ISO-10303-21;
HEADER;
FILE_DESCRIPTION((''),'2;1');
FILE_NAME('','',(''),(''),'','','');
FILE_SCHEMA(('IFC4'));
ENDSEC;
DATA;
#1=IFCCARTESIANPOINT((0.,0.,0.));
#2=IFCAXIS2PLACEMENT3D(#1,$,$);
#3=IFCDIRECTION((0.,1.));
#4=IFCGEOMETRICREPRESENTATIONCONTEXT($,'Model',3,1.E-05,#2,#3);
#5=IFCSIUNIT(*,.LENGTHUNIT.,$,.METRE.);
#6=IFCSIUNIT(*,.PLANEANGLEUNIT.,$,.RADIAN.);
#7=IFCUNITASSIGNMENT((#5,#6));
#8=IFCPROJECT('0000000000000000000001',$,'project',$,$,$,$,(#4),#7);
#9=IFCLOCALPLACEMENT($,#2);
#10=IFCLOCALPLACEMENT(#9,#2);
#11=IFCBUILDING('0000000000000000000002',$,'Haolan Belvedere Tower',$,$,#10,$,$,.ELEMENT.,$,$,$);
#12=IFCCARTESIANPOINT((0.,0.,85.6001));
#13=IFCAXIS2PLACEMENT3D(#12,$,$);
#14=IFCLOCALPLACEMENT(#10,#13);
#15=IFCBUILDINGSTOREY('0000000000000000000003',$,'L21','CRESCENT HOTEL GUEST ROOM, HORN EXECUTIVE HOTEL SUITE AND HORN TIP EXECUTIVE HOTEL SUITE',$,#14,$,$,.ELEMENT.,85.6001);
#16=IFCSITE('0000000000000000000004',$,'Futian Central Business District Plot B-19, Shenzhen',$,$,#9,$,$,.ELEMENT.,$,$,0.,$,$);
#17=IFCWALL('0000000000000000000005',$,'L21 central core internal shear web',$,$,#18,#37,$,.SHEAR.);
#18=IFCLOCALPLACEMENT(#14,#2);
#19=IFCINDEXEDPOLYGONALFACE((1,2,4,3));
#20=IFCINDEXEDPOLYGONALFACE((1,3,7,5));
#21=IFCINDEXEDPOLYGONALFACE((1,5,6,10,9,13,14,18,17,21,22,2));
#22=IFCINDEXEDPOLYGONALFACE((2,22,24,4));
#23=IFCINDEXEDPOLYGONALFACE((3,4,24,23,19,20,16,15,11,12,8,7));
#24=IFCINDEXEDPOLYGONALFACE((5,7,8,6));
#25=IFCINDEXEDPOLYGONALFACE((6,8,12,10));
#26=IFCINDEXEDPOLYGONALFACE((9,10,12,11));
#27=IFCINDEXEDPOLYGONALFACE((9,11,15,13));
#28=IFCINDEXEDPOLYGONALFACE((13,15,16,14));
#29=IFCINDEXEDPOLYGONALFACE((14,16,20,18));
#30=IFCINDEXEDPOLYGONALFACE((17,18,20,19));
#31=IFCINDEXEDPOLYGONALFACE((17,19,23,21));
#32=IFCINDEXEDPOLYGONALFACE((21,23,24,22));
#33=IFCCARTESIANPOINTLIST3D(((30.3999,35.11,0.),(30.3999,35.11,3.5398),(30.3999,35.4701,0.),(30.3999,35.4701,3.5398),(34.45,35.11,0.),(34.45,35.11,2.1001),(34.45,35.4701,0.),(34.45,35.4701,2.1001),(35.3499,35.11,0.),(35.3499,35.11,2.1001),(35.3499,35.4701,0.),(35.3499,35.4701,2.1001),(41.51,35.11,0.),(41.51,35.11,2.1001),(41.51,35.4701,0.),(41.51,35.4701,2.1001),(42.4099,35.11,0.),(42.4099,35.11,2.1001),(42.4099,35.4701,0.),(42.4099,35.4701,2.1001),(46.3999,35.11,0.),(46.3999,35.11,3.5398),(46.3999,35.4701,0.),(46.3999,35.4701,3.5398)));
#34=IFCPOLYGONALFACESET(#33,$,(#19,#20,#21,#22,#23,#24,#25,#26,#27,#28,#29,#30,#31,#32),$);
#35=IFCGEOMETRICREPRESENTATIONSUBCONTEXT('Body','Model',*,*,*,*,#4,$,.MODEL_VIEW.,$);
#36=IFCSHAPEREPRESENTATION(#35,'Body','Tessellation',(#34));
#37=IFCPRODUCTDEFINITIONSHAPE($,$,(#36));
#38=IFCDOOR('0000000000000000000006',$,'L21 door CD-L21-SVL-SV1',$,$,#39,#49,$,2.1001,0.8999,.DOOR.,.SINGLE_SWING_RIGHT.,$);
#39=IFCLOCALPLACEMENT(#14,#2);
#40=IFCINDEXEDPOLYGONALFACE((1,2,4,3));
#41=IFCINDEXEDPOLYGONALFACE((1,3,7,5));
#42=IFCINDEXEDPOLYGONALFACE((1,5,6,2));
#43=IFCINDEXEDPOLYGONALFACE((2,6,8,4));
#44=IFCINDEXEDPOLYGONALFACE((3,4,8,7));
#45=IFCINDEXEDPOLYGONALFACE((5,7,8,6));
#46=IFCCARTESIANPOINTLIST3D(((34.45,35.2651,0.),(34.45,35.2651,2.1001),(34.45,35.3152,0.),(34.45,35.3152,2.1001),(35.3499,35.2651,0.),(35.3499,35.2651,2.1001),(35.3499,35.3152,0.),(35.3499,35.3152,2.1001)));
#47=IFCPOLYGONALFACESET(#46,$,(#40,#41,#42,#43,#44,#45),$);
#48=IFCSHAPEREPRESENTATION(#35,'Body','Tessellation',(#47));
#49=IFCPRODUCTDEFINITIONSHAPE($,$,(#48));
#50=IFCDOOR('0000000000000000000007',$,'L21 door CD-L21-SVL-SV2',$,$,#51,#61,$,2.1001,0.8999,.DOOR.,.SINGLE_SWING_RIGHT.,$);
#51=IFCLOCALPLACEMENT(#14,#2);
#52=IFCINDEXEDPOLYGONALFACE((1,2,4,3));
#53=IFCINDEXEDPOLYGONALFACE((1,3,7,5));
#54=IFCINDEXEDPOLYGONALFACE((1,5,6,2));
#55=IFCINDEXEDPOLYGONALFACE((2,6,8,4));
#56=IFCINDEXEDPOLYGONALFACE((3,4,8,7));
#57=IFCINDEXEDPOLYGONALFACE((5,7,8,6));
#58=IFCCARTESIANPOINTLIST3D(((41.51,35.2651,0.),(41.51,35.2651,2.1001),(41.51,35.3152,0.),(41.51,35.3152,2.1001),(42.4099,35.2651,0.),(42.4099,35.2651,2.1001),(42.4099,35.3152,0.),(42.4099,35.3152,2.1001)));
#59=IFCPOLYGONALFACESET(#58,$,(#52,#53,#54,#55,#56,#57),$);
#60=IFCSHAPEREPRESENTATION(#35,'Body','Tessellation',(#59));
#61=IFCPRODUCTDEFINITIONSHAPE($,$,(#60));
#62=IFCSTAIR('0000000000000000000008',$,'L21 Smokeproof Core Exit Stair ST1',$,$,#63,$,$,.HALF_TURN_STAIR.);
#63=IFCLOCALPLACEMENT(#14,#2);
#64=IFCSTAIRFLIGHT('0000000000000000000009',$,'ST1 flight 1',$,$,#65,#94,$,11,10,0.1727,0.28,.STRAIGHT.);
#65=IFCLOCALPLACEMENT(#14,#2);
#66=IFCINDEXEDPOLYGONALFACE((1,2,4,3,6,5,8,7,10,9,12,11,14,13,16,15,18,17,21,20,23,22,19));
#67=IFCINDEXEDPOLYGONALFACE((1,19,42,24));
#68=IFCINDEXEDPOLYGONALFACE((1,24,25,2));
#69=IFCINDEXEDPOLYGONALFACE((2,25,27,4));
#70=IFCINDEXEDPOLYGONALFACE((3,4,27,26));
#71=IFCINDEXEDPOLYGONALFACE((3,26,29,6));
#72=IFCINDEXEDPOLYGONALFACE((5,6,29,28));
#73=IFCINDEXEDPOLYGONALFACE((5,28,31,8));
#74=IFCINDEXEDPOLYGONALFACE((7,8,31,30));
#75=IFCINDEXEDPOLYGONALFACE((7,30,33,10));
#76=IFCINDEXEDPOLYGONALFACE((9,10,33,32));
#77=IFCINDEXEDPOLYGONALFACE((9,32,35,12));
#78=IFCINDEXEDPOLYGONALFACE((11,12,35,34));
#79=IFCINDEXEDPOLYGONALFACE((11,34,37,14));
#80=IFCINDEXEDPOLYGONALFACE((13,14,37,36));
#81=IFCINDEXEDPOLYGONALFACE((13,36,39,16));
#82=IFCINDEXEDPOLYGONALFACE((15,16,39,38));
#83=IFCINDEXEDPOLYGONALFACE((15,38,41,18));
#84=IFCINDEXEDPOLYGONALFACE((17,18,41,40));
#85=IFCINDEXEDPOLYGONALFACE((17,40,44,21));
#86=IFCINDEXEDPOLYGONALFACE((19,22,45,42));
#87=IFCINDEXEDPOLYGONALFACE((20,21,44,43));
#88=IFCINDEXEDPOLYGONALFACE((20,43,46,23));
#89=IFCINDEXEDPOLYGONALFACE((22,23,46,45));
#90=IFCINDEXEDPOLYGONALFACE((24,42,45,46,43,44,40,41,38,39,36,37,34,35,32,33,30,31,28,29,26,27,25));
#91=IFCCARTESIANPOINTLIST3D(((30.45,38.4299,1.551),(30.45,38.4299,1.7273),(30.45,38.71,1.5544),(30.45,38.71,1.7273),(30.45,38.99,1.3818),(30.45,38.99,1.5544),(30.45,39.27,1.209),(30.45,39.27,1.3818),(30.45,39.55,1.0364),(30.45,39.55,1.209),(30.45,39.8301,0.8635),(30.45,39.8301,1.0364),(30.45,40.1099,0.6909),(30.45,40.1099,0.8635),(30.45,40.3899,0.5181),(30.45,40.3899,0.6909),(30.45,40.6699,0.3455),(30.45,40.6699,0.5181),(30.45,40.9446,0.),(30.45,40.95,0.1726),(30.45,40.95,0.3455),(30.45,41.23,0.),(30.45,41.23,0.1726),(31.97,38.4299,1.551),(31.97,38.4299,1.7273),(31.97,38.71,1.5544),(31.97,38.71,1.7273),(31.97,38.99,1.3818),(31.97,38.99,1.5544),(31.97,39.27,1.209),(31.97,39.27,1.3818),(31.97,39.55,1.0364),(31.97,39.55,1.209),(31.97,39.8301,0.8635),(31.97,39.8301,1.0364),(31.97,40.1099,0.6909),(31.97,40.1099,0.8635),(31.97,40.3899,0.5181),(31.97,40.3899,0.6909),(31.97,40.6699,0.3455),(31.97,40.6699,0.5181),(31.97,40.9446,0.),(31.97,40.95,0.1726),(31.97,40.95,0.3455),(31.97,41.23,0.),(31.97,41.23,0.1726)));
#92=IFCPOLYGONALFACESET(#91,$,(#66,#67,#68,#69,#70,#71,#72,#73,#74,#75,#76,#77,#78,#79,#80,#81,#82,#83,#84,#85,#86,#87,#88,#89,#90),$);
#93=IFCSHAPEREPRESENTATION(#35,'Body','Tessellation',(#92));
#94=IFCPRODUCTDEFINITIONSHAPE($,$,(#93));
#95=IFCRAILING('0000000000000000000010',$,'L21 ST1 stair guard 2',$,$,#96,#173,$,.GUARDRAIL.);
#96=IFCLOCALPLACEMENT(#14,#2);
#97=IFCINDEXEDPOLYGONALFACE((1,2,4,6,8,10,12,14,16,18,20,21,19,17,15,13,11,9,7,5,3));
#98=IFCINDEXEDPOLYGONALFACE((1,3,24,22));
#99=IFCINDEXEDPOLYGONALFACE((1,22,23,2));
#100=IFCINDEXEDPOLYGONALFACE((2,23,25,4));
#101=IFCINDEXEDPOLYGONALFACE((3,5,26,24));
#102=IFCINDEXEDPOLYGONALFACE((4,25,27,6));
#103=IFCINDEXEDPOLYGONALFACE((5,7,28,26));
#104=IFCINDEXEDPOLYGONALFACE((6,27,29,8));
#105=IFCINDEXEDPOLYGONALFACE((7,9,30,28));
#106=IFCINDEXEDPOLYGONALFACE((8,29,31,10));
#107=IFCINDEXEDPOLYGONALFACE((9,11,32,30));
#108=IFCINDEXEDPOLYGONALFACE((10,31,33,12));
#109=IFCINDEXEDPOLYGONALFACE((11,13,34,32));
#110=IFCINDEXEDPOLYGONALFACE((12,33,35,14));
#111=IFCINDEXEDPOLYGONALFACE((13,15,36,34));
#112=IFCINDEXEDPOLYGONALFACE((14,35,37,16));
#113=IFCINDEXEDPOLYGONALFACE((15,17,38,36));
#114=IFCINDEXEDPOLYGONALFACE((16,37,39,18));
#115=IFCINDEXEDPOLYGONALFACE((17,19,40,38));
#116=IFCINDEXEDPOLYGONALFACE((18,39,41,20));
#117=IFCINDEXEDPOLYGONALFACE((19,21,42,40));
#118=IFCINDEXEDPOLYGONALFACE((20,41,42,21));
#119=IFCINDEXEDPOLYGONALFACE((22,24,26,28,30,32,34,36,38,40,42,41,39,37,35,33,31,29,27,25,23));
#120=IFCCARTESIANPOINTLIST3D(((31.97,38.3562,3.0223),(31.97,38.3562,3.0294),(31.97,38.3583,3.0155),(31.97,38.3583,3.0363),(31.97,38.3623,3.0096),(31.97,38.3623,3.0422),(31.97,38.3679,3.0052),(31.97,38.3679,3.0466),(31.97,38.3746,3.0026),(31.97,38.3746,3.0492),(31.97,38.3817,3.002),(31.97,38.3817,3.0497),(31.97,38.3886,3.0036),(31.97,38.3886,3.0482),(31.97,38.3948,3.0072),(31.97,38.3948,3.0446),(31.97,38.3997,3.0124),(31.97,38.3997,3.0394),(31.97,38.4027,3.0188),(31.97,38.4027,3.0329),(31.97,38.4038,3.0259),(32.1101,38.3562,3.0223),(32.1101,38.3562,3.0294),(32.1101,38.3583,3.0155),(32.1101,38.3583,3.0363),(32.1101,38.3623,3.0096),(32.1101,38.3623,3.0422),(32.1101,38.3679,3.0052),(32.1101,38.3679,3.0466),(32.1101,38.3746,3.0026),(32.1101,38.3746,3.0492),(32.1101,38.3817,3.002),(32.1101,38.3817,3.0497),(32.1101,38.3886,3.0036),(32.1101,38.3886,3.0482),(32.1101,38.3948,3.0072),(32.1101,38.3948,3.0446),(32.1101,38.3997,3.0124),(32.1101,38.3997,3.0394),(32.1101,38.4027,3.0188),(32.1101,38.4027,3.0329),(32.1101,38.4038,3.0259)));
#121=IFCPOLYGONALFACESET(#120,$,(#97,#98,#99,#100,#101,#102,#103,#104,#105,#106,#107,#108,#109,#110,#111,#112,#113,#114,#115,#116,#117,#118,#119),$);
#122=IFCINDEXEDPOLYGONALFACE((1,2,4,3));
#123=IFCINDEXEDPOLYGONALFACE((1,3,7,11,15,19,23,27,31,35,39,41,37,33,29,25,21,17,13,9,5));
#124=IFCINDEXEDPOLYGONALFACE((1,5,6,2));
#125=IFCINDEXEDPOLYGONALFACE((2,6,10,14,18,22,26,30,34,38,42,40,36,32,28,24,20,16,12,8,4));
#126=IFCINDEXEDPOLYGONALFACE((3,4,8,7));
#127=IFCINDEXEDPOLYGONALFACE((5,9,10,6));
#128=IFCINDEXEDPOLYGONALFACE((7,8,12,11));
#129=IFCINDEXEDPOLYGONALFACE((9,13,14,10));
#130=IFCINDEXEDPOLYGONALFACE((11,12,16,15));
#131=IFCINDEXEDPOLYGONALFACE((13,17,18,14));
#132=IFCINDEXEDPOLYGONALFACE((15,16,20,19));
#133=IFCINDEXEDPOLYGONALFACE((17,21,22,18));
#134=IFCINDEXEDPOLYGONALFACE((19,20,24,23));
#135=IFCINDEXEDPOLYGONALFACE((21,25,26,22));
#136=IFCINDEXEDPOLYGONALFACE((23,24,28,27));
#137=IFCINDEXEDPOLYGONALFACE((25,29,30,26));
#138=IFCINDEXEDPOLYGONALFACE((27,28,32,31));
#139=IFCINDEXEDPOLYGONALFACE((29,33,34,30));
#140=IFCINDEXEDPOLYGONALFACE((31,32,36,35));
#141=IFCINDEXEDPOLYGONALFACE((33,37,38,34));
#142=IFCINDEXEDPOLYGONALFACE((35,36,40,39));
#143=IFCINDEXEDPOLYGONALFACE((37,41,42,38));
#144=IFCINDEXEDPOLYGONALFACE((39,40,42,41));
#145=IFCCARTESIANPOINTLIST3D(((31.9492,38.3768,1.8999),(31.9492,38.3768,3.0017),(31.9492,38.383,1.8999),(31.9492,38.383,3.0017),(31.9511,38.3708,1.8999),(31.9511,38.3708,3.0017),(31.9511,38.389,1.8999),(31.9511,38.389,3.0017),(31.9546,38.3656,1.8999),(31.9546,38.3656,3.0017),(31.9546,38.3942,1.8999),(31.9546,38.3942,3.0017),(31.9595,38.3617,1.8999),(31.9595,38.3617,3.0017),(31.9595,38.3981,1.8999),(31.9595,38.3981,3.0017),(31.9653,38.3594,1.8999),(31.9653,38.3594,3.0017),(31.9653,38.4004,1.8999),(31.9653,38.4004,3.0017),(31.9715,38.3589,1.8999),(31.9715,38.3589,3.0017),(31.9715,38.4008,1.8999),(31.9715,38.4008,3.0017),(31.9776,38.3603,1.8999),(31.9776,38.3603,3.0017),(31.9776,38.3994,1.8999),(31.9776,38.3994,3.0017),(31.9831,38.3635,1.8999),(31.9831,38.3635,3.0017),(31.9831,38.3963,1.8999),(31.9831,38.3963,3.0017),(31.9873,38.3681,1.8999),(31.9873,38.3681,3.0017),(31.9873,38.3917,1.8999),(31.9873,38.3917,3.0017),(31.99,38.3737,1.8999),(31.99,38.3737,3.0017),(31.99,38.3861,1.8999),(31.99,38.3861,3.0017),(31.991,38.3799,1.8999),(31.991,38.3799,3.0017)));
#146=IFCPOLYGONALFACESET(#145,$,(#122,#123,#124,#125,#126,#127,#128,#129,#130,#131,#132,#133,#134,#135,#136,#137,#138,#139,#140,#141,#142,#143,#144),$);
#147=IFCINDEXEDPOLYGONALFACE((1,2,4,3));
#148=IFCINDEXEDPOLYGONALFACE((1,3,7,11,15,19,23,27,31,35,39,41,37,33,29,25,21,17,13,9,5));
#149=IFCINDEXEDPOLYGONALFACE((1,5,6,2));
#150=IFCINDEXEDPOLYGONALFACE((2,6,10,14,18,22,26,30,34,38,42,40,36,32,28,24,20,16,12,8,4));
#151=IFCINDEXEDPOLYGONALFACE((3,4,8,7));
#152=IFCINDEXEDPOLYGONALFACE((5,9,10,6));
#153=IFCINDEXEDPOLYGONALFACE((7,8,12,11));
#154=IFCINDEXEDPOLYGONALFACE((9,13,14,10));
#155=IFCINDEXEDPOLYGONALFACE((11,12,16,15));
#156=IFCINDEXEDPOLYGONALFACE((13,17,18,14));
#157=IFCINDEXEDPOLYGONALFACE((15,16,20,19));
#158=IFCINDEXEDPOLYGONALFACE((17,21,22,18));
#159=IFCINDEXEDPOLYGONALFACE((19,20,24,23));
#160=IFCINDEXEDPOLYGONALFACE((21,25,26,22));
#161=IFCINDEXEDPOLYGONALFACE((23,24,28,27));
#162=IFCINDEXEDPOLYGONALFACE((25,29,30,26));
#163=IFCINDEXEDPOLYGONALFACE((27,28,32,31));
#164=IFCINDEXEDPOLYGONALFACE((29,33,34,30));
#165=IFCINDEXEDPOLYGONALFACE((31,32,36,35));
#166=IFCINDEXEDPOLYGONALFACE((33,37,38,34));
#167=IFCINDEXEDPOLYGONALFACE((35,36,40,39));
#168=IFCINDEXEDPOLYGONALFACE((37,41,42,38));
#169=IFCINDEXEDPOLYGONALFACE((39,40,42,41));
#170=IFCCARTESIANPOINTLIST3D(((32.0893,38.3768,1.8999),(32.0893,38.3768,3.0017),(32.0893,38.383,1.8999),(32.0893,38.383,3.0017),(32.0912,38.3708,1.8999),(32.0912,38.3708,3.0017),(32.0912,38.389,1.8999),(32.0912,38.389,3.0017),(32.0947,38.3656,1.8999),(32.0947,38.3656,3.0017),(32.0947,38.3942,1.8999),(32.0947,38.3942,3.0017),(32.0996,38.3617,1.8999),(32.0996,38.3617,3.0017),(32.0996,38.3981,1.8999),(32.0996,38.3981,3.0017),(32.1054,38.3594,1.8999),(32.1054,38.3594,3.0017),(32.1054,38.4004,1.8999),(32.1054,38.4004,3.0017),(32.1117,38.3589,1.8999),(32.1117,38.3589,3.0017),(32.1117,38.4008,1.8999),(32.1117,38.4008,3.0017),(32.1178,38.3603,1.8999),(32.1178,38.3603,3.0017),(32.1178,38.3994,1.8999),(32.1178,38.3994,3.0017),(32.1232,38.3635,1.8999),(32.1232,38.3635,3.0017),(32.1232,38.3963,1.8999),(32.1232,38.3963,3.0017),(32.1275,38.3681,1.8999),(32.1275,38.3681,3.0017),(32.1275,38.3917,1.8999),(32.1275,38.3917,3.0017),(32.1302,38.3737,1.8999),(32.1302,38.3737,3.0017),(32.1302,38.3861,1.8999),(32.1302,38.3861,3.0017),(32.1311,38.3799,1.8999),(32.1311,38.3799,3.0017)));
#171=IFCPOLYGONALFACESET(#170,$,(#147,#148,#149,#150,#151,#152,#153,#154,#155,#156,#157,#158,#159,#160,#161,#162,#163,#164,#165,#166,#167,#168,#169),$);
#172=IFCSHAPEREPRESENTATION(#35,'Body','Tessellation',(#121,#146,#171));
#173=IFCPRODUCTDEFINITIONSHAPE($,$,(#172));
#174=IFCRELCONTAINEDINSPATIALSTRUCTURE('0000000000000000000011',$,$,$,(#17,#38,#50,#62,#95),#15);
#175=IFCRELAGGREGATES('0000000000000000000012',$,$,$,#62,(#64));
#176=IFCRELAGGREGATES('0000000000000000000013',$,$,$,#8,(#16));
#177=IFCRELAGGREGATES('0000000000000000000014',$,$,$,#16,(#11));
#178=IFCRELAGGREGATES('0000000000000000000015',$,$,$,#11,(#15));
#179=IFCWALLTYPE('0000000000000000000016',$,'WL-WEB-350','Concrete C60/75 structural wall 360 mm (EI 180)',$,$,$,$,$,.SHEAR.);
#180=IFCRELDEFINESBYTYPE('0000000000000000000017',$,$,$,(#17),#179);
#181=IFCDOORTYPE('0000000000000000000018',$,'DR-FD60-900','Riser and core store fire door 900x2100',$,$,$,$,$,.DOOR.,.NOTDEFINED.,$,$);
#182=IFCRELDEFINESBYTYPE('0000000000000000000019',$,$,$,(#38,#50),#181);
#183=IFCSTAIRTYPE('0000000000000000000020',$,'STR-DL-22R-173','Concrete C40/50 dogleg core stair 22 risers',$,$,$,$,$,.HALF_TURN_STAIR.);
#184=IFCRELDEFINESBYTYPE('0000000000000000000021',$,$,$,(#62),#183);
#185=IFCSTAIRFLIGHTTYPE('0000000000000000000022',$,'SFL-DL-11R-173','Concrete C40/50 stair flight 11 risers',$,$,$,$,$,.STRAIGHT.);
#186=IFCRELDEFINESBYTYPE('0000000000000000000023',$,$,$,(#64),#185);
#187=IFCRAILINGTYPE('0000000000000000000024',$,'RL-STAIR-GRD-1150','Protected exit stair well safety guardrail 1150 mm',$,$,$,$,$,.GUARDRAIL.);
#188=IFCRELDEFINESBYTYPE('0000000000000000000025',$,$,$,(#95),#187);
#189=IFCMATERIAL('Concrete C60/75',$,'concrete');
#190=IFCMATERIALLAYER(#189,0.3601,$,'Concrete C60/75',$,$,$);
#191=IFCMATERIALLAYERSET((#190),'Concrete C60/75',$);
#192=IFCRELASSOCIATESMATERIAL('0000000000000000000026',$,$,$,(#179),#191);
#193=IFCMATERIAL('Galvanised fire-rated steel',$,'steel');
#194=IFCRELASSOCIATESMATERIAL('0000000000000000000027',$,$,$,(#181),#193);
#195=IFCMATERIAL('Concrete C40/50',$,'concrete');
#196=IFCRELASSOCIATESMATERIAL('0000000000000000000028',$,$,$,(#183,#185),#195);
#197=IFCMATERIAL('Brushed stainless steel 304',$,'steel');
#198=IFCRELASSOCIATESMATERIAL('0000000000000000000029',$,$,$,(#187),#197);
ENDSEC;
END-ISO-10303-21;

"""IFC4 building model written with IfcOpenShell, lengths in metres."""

from ifc_helpers import new_model, si_unit, direction, frame, frame_2d, origin, origin_2d, place, context, subcontext, project, spatial, polyline, rectangle, circle, outline, extrude, material, layer, layer_set, type_object, element, fill, aggregate, save


model = new_model("IFC4")

# Units and contexts
model_context = context("Model", 3, precision=1e-05, world=origin(), true_north=direction((0.0, 1.0)))
body_context = subcontext(model_context, "Body", "Model", "MODEL_VIEW")
ifc_project = project(units=[si_unit("LENGTHUNIT", "METRE"), si_unit("PLANEANGLEUNIT", "RADIAN")], contexts=[model_context])

# Site, building, storey
site_placement = place(None, origin())
site = spatial("IfcSite", under=ifc_project, at=site_placement, Name="Futian Central Business District Plot B-19, Shenzhen", CompositionType="ELEMENT", RefElevation=0.0)
building_placement = place(site_placement, origin())
building = spatial("IfcBuilding", under=site, at=building_placement, Name="Haolan Belvedere Tower", CompositionType="ELEMENT")
storey_placement = place(building_placement, frame((0.0, 0.0, 85.6001)))
storey = spatial("IfcBuildingStorey", under=building, at=storey_placement, Name="L21", Description="CRESCENT HOTEL GUEST ROOM, HORN EXECUTIVE HOTEL SUITE AND HORN TIP EXECUTIVE HOTEL SUITE", CompositionType="ELEMENT", Elevation=85.6001)

# Shared definitions
ifc_material_1 = material(Name="Concrete C60/75", Category="concrete")

# Wall, openings, doors
ifc_layer_1 = layer(ifc_material_1, 0.3601, Name="Concrete C60/75")
ifc_layer_set_1 = layer_set([ifc_layer_1], Name="Concrete C60/75")
wall_type_1 = type_object("IfcWallType", Name="WL-WEB-350", Description="Concrete C60/75 structural wall 360 mm (EI 180)", PredefinedType="SHEAR", material=ifc_layer_set_1)
wall_1_placement = place(storey_placement, frame((30.3999, 35.29, 0.0), z_axis=(0.0, 0.0, 1.0), x_axis=(1.0, 0.0, 0.0)))
wall_1 = element("IfcWall", 1, at=wall_1_placement, inside=storey, type_object=wall_type_1, Name="L21 central core internal shear web", PredefinedType="SHEAR", context=body_context, shape_type="SweptSolid", body=[
    extrude(rectangle(XDim=16.0, YDim=0.3601, at=frame_2d((8.0, 0.0))), origin(), (0.0, 0.0, 1.0), 3.5398),
])
opening_1_placement = place(wall_1_placement, frame((4.95, 0.0, 0.0), z_axis=(0.0, 0.0, 1.0), x_axis=(-1.0, 0.0, 0.0)))
opening_1 = element("IfcOpeningElement", 2, at=opening_1_placement, cuts=wall_1, PredefinedType="OPENING", context=body_context, shape_type="SweptSolid", body=[
    extrude(rectangle(XDim=0.8999, YDim=2.1001, at=frame_2d((0.45, 1.05))), frame((0.0, 0.1899, 0.0), z_axis=(0.0, -1.0, 0.0), x_axis=(1.0, 0.0, 0.0)), (0.0, 0.0, 1.0), 0.3801),
])
opening_2_placement = place(wall_1_placement, frame((12.01, 0.0, 0.0), z_axis=(0.0, 0.0, 1.0), x_axis=(-1.0, 0.0, 0.0)))
opening_2 = element("IfcOpeningElement", 3, at=opening_2_placement, cuts=wall_1, PredefinedType="OPENING", context=body_context, shape_type="SweptSolid", body=[
    extrude(rectangle(XDim=0.8999, YDim=2.1001, at=frame_2d((0.45, 1.05))), frame((0.0, 0.1899, 0.0), z_axis=(0.0, -1.0, 0.0), x_axis=(1.0, 0.0, 0.0)), (0.0, 0.0, 1.0), 0.3801),
])
ifc_material_2 = material(Name="Galvanised fire-rated steel", Category="steel")
door_type_1 = type_object("IfcDoorType", Name="DR-FD60-900", Description="Riser and core store fire door 900x2100", OperationType="NOTDEFINED", PredefinedType="DOOR", material=ifc_material_2)
door_1_placement = place(opening_1_placement, origin())
door_1 = element("IfcDoor", 4, at=door_1_placement, inside=storey, type_object=door_type_1, Name="L21 door CD-L21-SVL-SV1", OperationType="SINGLE_SWING_RIGHT", OverallHeight=2.1001, OverallWidth=0.8999, PredefinedType="DOOR", context=body_context, shape_type="SweptSolid", body=[
    extrude(rectangle(XDim=0.8999, YDim=2.1001, at=frame_2d((0.45, 1.05))), frame((0.0, 0.0249, 0.0), z_axis=(0.0, -1.0, 0.0), x_axis=(1.0, 0.0, 0.0)), (0.0, 0.0, 1.0), 0.05),
])
fill(opening_1, door_1)
door_2_placement = place(opening_2_placement, origin())
door_2 = element("IfcDoor", 5, at=door_2_placement, inside=storey, type_object=door_type_1, Name="L21 door CD-L21-SVL-SV2", OperationType="SINGLE_SWING_RIGHT", OverallHeight=2.1001, OverallWidth=0.8999, PredefinedType="DOOR", context=body_context, shape_type="SweptSolid", body=[
    extrude(rectangle(XDim=0.8999, YDim=2.1001, at=frame_2d((0.45, 1.05))), frame((0.0, 0.0249, 0.0), z_axis=(0.0, -1.0, 0.0), x_axis=(1.0, 0.0, 0.0)), (0.0, 0.0, 1.0), 0.05),
])
fill(opening_2, door_2)

# Stair, stair flight
ifc_material_3 = material(Name="Concrete C40/50", Category="concrete")
stair_type = type_object("IfcStairType", Name="STR-DL-22R-173", Description="Concrete C40/50 dogleg core stair 22 risers", PredefinedType="HALF_TURN_STAIR", material=ifc_material_3)
stair_placement = place(storey_placement, origin())
stair = element("IfcStair", 6, at=stair_placement, inside=storey, type_object=stair_type, Name="L21 Smokeproof Core Exit Stair ST1", PredefinedType="HALF_TURN_STAIR")
stair_flight_type = type_object("IfcStairFlightType", Name="SFL-DL-11R-173", Description="Concrete C40/50 stair flight 11 risers", PredefinedType="STRAIGHT", material=ifc_material_3)
stair_flight_placement = place(storey_placement, frame((31.21, 41.23, 0.0), z_axis=(0.0, 0.0, 1.0), x_axis=(0.0, -1.0, 0.0)))
stair_flight = element("IfcStairFlight", 7, at=stair_flight_placement, type_object=stair_flight_type, Name="ST1 flight 1", NumberOfRisers=11, NumberOfTreads=10, PredefinedType="STRAIGHT", RiserHeight=0.1727, TreadLength=0.28, context=body_context, shape_type="SweptSolid", body=[
    extrude(outline(polyline([(0.0, 0.0), (0.0, 0.1726), (0.28, 0.1726), (0.28, 0.3455), (0.5601, 0.3455), (0.5601, 0.5181), (0.8401, 0.5181), (0.8401, 0.6909), (1.1201, 0.6909), (1.1201, 0.8635), (1.3999, 0.8635), (1.3999, 1.0364), (1.6799, 1.0364), (1.6799, 1.209), (1.96, 1.209), (1.96, 1.3818), (2.24, 1.3818), (2.24, 1.5544), (2.52, 1.5544), (2.52, 1.7273), (2.8, 1.7273), (2.8, 1.8999), (2.8, 1.551), (0.2854, 0.0), (0.0, 0.0)])), frame((0.0, 0.76, 0.0), z_axis=(0.0, -1.0, 0.0), x_axis=(1.0, 0.0, 0.0)), (0.0, 0.0, 1.0), 1.52),
])
aggregate(stair, [stair_flight])

# Railing
ifc_material_4 = material(Name="Brushed stainless steel 304", Category="steel")
railing_type_1 = type_object("IfcRailingType", Name="RL-STAIR-GRD-1150", Description="Protected exit stair well safety guardrail 1150 mm", PredefinedType="GUARDRAIL", material=ifc_material_4)
railing_1_placement = place(storey_placement, frame((31.97, 38.3799, 1.8999)))
element("IfcRailing", 8, at=railing_1_placement, inside=storey, type_object=railing_type_1, Name="L21 ST1 stair guard 2", PredefinedType="GUARDRAIL", context=body_context, shape_type="SweptSolid", body=[
    extrude(circle(Radius=0.0239, at=origin_2d()), frame((0.0, 0.0, 1.126), z_axis=(1.0, 0.0, 0.0), x_axis=(0.0, 1.0, 0.0)), (0.0, 0.0, 1.0), 0.1401),
    extrude(circle(Radius=0.021, at=origin_2d()), origin(), (0.0, 0.0, 1.0), 1.1018),
    extrude(circle(Radius=0.021, at=origin_2d()), frame((0.1401, 0.0, 0.0)), (0.0, 0.0, 1.0), 1.1018),
])

save(model, "model.ifc")
